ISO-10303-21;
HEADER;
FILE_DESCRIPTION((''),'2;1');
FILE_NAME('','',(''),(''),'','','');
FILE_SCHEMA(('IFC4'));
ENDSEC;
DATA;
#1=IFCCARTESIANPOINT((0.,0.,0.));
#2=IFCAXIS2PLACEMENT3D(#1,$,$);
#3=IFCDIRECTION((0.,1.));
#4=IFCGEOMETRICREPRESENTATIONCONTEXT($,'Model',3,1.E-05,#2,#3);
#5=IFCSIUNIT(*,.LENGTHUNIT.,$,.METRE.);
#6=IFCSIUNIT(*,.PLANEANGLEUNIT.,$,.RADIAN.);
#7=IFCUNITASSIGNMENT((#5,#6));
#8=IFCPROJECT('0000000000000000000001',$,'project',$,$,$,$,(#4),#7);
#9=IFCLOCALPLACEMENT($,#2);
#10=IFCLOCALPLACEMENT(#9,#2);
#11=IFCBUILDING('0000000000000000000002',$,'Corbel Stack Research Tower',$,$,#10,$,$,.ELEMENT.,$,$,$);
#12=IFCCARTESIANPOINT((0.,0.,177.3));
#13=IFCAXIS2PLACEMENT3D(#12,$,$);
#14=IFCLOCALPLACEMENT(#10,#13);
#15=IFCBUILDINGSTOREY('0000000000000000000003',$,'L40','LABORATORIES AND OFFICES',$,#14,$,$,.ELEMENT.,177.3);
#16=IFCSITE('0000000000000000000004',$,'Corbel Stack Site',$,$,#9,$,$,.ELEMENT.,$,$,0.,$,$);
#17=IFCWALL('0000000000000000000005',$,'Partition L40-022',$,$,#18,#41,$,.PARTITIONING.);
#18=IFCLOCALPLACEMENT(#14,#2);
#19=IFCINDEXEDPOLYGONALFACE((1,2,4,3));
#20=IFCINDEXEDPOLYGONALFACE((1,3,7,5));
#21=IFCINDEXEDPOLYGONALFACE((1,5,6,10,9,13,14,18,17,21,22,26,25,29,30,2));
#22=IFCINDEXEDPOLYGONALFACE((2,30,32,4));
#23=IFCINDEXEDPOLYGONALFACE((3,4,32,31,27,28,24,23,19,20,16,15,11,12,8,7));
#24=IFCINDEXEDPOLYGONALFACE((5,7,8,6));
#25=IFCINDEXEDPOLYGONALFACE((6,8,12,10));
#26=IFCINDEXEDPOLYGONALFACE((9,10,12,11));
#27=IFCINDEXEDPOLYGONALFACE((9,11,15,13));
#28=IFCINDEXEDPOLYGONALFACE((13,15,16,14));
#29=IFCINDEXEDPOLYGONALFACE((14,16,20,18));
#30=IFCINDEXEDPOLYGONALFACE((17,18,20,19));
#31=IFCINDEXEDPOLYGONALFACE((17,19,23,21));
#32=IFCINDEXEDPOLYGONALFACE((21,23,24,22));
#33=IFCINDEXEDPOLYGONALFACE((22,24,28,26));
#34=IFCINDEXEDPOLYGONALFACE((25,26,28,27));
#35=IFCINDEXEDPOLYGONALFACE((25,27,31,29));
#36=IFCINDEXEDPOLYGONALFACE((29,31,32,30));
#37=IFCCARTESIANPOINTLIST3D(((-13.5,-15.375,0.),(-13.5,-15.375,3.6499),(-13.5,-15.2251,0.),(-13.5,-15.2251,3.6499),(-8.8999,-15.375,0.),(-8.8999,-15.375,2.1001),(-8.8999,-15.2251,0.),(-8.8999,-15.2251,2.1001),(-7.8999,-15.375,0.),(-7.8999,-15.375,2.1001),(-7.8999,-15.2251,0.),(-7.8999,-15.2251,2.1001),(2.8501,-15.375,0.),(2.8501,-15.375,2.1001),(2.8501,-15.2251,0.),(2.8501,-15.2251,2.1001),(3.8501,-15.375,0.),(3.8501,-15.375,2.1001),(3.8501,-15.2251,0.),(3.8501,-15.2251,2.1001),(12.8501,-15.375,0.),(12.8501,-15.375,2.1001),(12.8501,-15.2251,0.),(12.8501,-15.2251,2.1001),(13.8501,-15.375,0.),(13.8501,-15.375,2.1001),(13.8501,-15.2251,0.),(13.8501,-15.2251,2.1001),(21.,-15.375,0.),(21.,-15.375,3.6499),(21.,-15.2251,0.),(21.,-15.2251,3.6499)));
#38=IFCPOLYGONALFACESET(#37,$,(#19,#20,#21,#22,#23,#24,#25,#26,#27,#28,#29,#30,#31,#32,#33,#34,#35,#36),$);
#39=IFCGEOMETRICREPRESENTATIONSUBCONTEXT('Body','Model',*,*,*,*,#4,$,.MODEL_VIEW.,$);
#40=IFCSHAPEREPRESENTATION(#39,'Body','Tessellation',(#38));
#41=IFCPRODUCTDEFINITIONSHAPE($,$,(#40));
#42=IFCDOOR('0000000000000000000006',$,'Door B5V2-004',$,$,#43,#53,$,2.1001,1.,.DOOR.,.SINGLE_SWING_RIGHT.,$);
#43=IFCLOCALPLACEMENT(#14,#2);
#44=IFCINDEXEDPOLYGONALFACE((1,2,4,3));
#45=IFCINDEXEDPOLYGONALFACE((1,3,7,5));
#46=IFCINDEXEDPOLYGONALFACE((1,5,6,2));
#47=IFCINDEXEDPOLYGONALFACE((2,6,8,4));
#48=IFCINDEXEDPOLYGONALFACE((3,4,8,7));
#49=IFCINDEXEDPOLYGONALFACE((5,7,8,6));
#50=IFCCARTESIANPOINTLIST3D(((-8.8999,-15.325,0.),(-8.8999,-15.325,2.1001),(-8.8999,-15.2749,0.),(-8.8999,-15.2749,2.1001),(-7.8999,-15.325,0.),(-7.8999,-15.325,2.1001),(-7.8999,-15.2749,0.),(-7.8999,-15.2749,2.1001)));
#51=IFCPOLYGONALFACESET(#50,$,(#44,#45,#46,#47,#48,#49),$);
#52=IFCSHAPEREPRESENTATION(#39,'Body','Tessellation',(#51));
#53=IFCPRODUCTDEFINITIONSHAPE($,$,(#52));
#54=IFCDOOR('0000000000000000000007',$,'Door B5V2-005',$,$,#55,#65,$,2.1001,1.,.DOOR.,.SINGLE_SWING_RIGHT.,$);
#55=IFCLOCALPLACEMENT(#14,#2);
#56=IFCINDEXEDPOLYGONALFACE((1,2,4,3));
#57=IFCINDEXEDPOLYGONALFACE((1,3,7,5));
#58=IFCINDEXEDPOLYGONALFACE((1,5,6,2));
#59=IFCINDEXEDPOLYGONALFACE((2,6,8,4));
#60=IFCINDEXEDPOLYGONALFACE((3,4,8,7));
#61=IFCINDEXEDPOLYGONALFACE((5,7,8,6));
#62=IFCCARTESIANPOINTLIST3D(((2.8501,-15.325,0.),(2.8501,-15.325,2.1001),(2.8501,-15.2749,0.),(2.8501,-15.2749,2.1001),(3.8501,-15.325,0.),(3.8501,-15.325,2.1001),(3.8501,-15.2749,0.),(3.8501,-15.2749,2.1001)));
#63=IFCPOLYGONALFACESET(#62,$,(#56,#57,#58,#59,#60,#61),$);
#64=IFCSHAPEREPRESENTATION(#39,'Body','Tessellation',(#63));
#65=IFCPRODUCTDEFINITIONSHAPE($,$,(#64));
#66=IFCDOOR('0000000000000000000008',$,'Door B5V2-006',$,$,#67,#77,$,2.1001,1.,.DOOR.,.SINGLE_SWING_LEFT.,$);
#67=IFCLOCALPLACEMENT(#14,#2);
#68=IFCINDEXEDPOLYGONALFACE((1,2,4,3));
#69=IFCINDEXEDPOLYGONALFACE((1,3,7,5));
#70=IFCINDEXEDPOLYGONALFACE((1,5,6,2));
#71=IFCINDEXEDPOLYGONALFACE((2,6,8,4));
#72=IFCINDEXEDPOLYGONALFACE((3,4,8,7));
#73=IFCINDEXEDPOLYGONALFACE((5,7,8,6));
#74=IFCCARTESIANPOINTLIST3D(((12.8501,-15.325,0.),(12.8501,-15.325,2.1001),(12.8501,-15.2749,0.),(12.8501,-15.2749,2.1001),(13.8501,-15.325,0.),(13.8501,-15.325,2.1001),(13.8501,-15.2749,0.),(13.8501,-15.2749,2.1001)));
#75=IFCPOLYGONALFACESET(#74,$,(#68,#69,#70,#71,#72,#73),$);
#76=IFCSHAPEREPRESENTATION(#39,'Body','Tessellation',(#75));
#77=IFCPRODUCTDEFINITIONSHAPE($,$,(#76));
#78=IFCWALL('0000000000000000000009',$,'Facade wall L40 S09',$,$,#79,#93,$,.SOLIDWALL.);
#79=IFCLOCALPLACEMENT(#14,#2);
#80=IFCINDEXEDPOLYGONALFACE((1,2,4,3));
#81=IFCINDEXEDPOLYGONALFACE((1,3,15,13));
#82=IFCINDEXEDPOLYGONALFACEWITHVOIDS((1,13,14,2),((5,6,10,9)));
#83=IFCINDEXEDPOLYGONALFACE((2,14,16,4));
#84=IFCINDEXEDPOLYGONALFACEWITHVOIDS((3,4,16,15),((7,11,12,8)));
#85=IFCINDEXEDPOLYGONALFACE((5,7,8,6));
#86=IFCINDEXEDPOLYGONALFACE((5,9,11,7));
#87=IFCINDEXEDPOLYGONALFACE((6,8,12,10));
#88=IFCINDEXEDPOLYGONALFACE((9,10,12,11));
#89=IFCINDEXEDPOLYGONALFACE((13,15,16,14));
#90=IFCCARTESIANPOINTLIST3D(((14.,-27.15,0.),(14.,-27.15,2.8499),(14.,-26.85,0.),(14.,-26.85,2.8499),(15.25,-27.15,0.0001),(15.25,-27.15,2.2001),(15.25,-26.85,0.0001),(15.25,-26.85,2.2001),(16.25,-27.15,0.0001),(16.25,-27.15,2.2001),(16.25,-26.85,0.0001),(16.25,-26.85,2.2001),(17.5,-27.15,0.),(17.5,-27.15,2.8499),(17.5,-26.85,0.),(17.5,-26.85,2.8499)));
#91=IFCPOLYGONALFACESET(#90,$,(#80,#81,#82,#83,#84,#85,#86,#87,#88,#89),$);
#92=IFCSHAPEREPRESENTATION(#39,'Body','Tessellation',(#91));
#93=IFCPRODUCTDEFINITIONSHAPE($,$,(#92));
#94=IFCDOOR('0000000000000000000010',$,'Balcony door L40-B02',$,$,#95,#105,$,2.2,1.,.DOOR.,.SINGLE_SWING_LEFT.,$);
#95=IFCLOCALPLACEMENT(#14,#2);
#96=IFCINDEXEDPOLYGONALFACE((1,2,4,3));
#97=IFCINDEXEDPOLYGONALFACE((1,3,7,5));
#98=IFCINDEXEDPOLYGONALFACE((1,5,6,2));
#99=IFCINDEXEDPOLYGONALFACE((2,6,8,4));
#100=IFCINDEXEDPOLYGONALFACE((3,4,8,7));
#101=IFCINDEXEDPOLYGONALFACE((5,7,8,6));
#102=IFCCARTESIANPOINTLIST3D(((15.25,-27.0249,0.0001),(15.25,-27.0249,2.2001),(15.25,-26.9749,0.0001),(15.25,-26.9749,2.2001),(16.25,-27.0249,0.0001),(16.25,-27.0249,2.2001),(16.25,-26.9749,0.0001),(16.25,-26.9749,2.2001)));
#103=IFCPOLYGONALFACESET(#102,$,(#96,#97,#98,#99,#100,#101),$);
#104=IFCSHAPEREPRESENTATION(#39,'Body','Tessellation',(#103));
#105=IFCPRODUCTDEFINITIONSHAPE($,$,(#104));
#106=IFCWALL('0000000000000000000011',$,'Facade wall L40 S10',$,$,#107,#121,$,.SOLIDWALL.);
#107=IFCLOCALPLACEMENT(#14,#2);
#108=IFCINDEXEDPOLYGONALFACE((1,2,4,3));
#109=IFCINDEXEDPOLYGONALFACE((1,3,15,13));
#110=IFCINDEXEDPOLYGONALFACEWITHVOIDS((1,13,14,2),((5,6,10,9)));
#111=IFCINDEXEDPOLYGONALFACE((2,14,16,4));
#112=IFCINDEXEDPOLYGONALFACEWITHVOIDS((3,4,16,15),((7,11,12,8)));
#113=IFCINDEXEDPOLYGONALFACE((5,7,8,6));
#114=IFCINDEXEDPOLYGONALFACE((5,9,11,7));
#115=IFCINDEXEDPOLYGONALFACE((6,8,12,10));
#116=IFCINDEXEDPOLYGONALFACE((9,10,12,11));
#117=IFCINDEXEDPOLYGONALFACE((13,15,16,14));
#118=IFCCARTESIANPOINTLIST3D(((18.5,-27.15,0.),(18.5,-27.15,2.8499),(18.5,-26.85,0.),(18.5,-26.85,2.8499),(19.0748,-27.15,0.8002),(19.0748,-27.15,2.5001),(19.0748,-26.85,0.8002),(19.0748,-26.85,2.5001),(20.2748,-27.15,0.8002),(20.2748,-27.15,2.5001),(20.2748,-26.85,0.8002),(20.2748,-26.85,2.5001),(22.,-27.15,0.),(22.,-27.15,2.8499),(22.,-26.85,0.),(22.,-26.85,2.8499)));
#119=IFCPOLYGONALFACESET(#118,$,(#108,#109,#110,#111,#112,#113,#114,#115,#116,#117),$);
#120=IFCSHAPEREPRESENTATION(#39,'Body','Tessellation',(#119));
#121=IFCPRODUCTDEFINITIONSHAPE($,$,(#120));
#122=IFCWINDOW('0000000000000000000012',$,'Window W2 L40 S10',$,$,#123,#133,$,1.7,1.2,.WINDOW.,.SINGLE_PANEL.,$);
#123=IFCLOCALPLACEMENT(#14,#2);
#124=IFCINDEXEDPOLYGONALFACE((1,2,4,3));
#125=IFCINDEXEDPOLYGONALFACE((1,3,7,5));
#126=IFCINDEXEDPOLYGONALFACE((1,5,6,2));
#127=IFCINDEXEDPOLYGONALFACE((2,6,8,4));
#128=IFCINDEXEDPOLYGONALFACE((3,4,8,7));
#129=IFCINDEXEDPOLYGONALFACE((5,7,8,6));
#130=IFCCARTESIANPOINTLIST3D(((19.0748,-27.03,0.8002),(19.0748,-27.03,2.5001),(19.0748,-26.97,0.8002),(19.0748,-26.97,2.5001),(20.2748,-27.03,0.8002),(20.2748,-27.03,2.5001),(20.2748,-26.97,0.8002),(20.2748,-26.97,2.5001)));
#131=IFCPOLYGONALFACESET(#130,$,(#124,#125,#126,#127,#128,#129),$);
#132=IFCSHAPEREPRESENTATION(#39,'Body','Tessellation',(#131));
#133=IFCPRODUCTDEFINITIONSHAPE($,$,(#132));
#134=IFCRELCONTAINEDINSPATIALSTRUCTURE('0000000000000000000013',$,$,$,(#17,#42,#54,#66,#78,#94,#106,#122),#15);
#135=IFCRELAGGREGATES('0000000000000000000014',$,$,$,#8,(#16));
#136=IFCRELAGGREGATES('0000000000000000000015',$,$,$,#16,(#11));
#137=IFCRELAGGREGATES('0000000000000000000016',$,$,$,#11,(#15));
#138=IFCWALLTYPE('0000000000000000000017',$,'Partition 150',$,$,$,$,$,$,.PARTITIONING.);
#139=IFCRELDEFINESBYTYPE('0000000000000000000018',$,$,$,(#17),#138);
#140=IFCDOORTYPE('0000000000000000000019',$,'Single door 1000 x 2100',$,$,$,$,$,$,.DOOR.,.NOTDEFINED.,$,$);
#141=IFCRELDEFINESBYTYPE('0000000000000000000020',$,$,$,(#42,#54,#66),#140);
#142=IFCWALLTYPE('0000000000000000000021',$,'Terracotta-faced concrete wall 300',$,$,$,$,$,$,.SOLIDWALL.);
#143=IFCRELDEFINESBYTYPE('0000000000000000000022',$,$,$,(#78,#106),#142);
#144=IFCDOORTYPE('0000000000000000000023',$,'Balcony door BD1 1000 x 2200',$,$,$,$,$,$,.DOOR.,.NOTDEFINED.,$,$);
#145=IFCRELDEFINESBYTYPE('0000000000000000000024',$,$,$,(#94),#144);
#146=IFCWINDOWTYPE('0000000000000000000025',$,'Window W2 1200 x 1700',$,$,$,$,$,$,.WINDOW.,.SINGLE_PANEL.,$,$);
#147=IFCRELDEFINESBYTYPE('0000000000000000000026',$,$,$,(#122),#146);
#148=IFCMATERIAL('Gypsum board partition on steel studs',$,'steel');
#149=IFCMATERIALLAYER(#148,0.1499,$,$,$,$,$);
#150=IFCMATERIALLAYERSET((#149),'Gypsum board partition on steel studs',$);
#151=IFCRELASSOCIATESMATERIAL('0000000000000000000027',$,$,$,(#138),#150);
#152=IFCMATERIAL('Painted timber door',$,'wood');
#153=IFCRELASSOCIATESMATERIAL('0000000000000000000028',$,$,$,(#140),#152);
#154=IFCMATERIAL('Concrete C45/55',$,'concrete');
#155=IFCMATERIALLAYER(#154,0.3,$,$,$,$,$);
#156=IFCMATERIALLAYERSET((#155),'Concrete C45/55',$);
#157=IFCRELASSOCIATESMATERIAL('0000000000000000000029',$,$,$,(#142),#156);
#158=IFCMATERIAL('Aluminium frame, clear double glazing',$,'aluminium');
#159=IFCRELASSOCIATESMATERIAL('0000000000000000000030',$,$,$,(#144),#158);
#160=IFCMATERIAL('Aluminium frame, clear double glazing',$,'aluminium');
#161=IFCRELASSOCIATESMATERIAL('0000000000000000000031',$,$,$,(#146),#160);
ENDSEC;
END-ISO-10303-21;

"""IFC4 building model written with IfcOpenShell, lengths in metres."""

from ifc_helpers import new_model, si_unit, direction, frame, frame_2d, origin, place, context, subcontext, project, spatial, rectangle, extrude, material, layer, layer_set, type_object, element, fill, save


model = new_model("IFC4")

# Units and contexts
model_context = context("Model", 3, precision=1e-05, world=origin(), true_north=direction((0.0, 1.0)))
body_context = subcontext(model_context, "Body", "Model", "MODEL_VIEW")
ifc_project = project(units=[si_unit("LENGTHUNIT", "METRE"), si_unit("PLANEANGLEUNIT", "RADIAN")], contexts=[model_context])

# Site, building, storey
site_placement = place(None, origin())
site = spatial("IfcSite", under=ifc_project, at=site_placement, Name="Corbel Stack Site", CompositionType="ELEMENT", RefElevation=0.0)
building_placement = place(site_placement, origin())
building = spatial("IfcBuilding", under=site, at=building_placement, Name="Corbel Stack Research Tower", CompositionType="ELEMENT")
storey_placement = place(building_placement, frame((0.0, 0.0, 177.3)))
storey = spatial("IfcBuildingStorey", under=building, at=storey_placement, Name="L40", Description="LABORATORIES AND OFFICES", CompositionType="ELEMENT", Elevation=177.3)

# Wall, openings, doors
ifc_material_1 = material(Name="Gypsum board partition on steel studs", Category="steel")
ifc_layer_1 = layer(ifc_material_1, 0.1499)
ifc_layer_set_1 = layer_set([ifc_layer_1], Name="Gypsum board partition on steel studs")
wall_type_1 = type_object("IfcWallType", Name="Partition 150", PredefinedType="PARTITIONING", material=ifc_layer_set_1)
ifc_material_2 = material(Name="Painted timber door", Category="wood")
door_type_1 = type_object("IfcDoorType", Name="Single door 1000 x 2100", OperationType="NOTDEFINED", PredefinedType="DOOR", material=ifc_material_2)
wall_1_placement = place(storey_placement, frame((21.0, -15.3, 0.0), z_axis=(0.0, 0.0, 1.0), x_axis=(-1.0, 0.0, 0.0)))
wall_1 = element("IfcWall", 1, at=wall_1_placement, inside=storey, type_object=wall_type_1, Name="Partition L40-022", PredefinedType="PARTITIONING", context=body_context, shape_type="SweptSolid", body=[
    extrude(rectangle(XDim=34.5, YDim=0.1499, at=frame_2d((17.25, 0.0))), origin(), (0.0, 0.0, 1.0), 3.6499),
])
opening_1_placement = place(wall_1_placement, frame((28.8999, 0.0, 0.0)))
opening_1 = element("IfcOpeningElement", 2, at=opening_1_placement, cuts=wall_1, PredefinedType="OPENING", context=body_context, shape_type="SweptSolid", body=[
    extrude(rectangle(XDim=1.0, YDim=2.1001, at=frame_2d((0.5, 1.05))), frame((0.0, 0.085, 0.0), z_axis=(0.0, -1.0, 0.0), x_axis=(1.0, 0.0, 0.0)), (0.0, 0.0, 1.0), 0.1699),
])
opening_2_placement = place(wall_1_placement, frame((17.1499, 0.0, 0.0)))
opening_2 = element("IfcOpeningElement", 3, at=opening_2_placement, cuts=wall_1, PredefinedType="OPENING", context=body_context, shape_type="SweptSolid", body=[
    extrude(rectangle(XDim=1.0, YDim=2.1001, at=frame_2d((0.5, 1.05))), frame((0.0, 0.085, 0.0), z_axis=(0.0, -1.0, 0.0), x_axis=(1.0, 0.0, 0.0)), (0.0, 0.0, 1.0), 0.1699),
])
opening_3_placement = place(wall_1_placement, frame((7.1499, 0.0, 0.0)))
opening_3 = element("IfcOpeningElement", 4, at=opening_3_placement, cuts=wall_1, PredefinedType="OPENING", context=body_context, shape_type="SweptSolid", body=[
    extrude(rectangle(XDim=1.0, YDim=2.1001, at=frame_2d((0.5, 1.05))), frame((0.0, 0.085, 0.0), z_axis=(0.0, -1.0, 0.0), x_axis=(1.0, 0.0, 0.0)), (0.0, 0.0, 1.0), 0.1699),
])
door_1_placement = place(opening_1_placement, origin())
door_1 = element("IfcDoor", 5, at=door_1_placement, inside=storey, type_object=door_type_1, Name="Door B5V2-004", OperationType="SINGLE_SWING_RIGHT", OverallHeight=2.1001, OverallWidth=1.0, PredefinedType="DOOR", context=body_context, shape_type="SweptSolid", body=[
    extrude(rectangle(XDim=1.0, YDim=2.1001, at=frame_2d((0.5, 1.05))), frame((0.0, 0.0249, 0.0), z_axis=(0.0, -1.0, 0.0), x_axis=(1.0, 0.0, 0.0)), (0.0, 0.0, 1.0), 0.05),
])
fill(opening_1, door_1)
door_2_placement = place(opening_2_placement, origin())
door_2 = element("IfcDoor", 6, at=door_2_placement, inside=storey, type_object=door_type_1, Name="Door B5V2-005", OperationType="SINGLE_SWING_RIGHT", OverallHeight=2.1001, OverallWidth=1.0, PredefinedType="DOOR", context=body_context, shape_type="SweptSolid", body=[
    extrude(rectangle(XDim=1.0, YDim=2.1001, at=frame_2d((0.5, 1.05))), frame((0.0, 0.0249, 0.0), z_axis=(0.0, -1.0, 0.0), x_axis=(1.0, 0.0, 0.0)), (0.0, 0.0, 1.0), 0.05),
])
fill(opening_2, door_2)
door_3_placement = place(opening_3_placement, origin())
door_3 = element("IfcDoor", 7, at=door_3_placement, inside=storey, type_object=door_type_1, Name="Door B5V2-006", OperationType="SINGLE_SWING_LEFT", OverallHeight=2.1001, OverallWidth=1.0, PredefinedType="DOOR", context=body_context, shape_type="SweptSolid", body=[
    extrude(rectangle(XDim=1.0, YDim=2.1001, at=frame_2d((0.5, 1.05))), frame((0.0, 0.0249, 0.0), z_axis=(0.0, -1.0, 0.0), x_axis=(1.0, 0.0, 0.0)), (0.0, 0.0, 1.0), 0.05),
])
fill(opening_3, door_3)

# Wall, opening, door
ifc_material_3 = material(Name="Concrete C45/55", Category="concrete")
ifc_layer_2 = layer(ifc_material_3, 0.3)
ifc_layer_set_2 = layer_set([ifc_layer_2], Name="Concrete C45/55")
wall_type_2 = type_object("IfcWallType", Name="Terracotta-faced concrete wall 300", PredefinedType="SOLIDWALL", material=ifc_layer_set_2)
wall_2_placement = place(storey_placement, frame((17.5, -27.0, 0.0), z_axis=(0.0, 0.0, 1.0), x_axis=(-1.0, 0.0, 0.0)))
wall_2 = element("IfcWall", 8, at=wall_2_placement, inside=storey, type_object=wall_type_2, Name="Facade wall L40 S09", PredefinedType="SOLIDWALL", context=body_context, shape_type="SweptSolid", body=[
    extrude(rectangle(XDim=3.5, YDim=0.3, at=frame_2d((1.75, 0.0))), origin(), (0.0, 0.0, 1.0), 2.8499),
])
opening_4_placement = place(wall_2_placement, frame((1.25, 0.0, 0.0)))
opening_4 = element("IfcOpeningElement", 9, at=opening_4_placement, cuts=wall_2, PredefinedType="OPENING", context=body_context, shape_type="SweptSolid", body=[
    extrude(rectangle(XDim=1.0, YDim=2.2, at=frame_2d((0.5, 1.1001))), frame((0.0, 0.1599, 0.0), z_axis=(0.0, -1.0, 0.0), x_axis=(1.0, 0.0, 0.0)), (0.0, 0.0, 1.0), 0.3201),
])
ifc_material_4 = material(Name="Aluminium frame, clear double glazing", Category="aluminium")
door_type_2 = type_object("IfcDoorType", Name="Balcony door BD1 1000 x 2200", OperationType="NOTDEFINED", PredefinedType="DOOR", material=ifc_material_4)
door_4_placement = place(opening_4_placement, origin())
door_4 = element("IfcDoor", 10, at=door_4_placement, inside=storey, type_object=door_type_2, Name="Balcony door L40-B02", OperationType="SINGLE_SWING_LEFT", OverallHeight=2.2, OverallWidth=1.0, PredefinedType="DOOR", context=body_context, shape_type="SweptSolid", body=[
    extrude(rectangle(XDim=1.0, YDim=2.2, at=frame_2d((0.5, 1.1001))), frame((0.0, 0.0249, 0.0), z_axis=(0.0, -1.0, 0.0), x_axis=(1.0, 0.0, 0.0)), (0.0, 0.0, 1.0), 0.05),
])
fill(opening_4, door_4)

# Wall, opening, window
wall_3_placement = place(storey_placement, frame((22.0, -27.0, 0.0), z_axis=(0.0, 0.0, 1.0), x_axis=(-1.0, 0.0, 0.0)))
wall_3 = element("IfcWall", 11, at=wall_3_placement, inside=storey, type_object=wall_type_2, Name="Facade wall L40 S10", PredefinedType="SOLIDWALL", context=body_context, shape_type="SweptSolid", body=[
    extrude(rectangle(XDim=3.5, YDim=0.3, at=frame_2d((1.75, 0.0))), origin(), (0.0, 0.0, 1.0), 2.8499),
])
opening_5_placement = place(wall_3_placement, frame((1.7251, 0.0, 0.8)))
opening_5 = element("IfcOpeningElement", 12, at=opening_5_placement, cuts=wall_3, PredefinedType="OPENING", context=body_context, shape_type="SweptSolid", body=[
    extrude(rectangle(XDim=1.2, YDim=1.7, at=frame_2d((0.6001, 0.8501))), frame((0.0, 0.1599, 0.0), z_axis=(0.0, -1.0, 0.0), x_axis=(1.0, 0.0, 0.0)), (0.0, 0.0, 1.0), 0.3201),
])
ifc_material_5 = material(Name="Aluminium frame, clear double glazing", Category="aluminium")
window_type = type_object("IfcWindowType", Name="Window W2 1200 x 1700", PartitioningType="SINGLE_PANEL", PredefinedType="WINDOW", material=ifc_material_5)
window_placement = place(opening_5_placement, origin())
window = element("IfcWindow", 13, at=window_placement, inside=storey, type_object=window_type, Name="Window W2 L40 S10", OverallHeight=1.7, OverallWidth=1.2, PartitioningType="SINGLE_PANEL", PredefinedType="WINDOW", context=body_context, shape_type="SweptSolid", body=[
    extrude(rectangle(XDim=1.2, YDim=1.7, at=frame_2d((0.6001, 0.8501))), frame((0.0, 0.03, 0.0), z_axis=(0.0, -1.0, 0.0), x_axis=(1.0, 0.0, 0.0)), (0.0, 0.0, 1.0), 0.0601),
])
fill(opening_5, window)

save(model, "model.ifc")
